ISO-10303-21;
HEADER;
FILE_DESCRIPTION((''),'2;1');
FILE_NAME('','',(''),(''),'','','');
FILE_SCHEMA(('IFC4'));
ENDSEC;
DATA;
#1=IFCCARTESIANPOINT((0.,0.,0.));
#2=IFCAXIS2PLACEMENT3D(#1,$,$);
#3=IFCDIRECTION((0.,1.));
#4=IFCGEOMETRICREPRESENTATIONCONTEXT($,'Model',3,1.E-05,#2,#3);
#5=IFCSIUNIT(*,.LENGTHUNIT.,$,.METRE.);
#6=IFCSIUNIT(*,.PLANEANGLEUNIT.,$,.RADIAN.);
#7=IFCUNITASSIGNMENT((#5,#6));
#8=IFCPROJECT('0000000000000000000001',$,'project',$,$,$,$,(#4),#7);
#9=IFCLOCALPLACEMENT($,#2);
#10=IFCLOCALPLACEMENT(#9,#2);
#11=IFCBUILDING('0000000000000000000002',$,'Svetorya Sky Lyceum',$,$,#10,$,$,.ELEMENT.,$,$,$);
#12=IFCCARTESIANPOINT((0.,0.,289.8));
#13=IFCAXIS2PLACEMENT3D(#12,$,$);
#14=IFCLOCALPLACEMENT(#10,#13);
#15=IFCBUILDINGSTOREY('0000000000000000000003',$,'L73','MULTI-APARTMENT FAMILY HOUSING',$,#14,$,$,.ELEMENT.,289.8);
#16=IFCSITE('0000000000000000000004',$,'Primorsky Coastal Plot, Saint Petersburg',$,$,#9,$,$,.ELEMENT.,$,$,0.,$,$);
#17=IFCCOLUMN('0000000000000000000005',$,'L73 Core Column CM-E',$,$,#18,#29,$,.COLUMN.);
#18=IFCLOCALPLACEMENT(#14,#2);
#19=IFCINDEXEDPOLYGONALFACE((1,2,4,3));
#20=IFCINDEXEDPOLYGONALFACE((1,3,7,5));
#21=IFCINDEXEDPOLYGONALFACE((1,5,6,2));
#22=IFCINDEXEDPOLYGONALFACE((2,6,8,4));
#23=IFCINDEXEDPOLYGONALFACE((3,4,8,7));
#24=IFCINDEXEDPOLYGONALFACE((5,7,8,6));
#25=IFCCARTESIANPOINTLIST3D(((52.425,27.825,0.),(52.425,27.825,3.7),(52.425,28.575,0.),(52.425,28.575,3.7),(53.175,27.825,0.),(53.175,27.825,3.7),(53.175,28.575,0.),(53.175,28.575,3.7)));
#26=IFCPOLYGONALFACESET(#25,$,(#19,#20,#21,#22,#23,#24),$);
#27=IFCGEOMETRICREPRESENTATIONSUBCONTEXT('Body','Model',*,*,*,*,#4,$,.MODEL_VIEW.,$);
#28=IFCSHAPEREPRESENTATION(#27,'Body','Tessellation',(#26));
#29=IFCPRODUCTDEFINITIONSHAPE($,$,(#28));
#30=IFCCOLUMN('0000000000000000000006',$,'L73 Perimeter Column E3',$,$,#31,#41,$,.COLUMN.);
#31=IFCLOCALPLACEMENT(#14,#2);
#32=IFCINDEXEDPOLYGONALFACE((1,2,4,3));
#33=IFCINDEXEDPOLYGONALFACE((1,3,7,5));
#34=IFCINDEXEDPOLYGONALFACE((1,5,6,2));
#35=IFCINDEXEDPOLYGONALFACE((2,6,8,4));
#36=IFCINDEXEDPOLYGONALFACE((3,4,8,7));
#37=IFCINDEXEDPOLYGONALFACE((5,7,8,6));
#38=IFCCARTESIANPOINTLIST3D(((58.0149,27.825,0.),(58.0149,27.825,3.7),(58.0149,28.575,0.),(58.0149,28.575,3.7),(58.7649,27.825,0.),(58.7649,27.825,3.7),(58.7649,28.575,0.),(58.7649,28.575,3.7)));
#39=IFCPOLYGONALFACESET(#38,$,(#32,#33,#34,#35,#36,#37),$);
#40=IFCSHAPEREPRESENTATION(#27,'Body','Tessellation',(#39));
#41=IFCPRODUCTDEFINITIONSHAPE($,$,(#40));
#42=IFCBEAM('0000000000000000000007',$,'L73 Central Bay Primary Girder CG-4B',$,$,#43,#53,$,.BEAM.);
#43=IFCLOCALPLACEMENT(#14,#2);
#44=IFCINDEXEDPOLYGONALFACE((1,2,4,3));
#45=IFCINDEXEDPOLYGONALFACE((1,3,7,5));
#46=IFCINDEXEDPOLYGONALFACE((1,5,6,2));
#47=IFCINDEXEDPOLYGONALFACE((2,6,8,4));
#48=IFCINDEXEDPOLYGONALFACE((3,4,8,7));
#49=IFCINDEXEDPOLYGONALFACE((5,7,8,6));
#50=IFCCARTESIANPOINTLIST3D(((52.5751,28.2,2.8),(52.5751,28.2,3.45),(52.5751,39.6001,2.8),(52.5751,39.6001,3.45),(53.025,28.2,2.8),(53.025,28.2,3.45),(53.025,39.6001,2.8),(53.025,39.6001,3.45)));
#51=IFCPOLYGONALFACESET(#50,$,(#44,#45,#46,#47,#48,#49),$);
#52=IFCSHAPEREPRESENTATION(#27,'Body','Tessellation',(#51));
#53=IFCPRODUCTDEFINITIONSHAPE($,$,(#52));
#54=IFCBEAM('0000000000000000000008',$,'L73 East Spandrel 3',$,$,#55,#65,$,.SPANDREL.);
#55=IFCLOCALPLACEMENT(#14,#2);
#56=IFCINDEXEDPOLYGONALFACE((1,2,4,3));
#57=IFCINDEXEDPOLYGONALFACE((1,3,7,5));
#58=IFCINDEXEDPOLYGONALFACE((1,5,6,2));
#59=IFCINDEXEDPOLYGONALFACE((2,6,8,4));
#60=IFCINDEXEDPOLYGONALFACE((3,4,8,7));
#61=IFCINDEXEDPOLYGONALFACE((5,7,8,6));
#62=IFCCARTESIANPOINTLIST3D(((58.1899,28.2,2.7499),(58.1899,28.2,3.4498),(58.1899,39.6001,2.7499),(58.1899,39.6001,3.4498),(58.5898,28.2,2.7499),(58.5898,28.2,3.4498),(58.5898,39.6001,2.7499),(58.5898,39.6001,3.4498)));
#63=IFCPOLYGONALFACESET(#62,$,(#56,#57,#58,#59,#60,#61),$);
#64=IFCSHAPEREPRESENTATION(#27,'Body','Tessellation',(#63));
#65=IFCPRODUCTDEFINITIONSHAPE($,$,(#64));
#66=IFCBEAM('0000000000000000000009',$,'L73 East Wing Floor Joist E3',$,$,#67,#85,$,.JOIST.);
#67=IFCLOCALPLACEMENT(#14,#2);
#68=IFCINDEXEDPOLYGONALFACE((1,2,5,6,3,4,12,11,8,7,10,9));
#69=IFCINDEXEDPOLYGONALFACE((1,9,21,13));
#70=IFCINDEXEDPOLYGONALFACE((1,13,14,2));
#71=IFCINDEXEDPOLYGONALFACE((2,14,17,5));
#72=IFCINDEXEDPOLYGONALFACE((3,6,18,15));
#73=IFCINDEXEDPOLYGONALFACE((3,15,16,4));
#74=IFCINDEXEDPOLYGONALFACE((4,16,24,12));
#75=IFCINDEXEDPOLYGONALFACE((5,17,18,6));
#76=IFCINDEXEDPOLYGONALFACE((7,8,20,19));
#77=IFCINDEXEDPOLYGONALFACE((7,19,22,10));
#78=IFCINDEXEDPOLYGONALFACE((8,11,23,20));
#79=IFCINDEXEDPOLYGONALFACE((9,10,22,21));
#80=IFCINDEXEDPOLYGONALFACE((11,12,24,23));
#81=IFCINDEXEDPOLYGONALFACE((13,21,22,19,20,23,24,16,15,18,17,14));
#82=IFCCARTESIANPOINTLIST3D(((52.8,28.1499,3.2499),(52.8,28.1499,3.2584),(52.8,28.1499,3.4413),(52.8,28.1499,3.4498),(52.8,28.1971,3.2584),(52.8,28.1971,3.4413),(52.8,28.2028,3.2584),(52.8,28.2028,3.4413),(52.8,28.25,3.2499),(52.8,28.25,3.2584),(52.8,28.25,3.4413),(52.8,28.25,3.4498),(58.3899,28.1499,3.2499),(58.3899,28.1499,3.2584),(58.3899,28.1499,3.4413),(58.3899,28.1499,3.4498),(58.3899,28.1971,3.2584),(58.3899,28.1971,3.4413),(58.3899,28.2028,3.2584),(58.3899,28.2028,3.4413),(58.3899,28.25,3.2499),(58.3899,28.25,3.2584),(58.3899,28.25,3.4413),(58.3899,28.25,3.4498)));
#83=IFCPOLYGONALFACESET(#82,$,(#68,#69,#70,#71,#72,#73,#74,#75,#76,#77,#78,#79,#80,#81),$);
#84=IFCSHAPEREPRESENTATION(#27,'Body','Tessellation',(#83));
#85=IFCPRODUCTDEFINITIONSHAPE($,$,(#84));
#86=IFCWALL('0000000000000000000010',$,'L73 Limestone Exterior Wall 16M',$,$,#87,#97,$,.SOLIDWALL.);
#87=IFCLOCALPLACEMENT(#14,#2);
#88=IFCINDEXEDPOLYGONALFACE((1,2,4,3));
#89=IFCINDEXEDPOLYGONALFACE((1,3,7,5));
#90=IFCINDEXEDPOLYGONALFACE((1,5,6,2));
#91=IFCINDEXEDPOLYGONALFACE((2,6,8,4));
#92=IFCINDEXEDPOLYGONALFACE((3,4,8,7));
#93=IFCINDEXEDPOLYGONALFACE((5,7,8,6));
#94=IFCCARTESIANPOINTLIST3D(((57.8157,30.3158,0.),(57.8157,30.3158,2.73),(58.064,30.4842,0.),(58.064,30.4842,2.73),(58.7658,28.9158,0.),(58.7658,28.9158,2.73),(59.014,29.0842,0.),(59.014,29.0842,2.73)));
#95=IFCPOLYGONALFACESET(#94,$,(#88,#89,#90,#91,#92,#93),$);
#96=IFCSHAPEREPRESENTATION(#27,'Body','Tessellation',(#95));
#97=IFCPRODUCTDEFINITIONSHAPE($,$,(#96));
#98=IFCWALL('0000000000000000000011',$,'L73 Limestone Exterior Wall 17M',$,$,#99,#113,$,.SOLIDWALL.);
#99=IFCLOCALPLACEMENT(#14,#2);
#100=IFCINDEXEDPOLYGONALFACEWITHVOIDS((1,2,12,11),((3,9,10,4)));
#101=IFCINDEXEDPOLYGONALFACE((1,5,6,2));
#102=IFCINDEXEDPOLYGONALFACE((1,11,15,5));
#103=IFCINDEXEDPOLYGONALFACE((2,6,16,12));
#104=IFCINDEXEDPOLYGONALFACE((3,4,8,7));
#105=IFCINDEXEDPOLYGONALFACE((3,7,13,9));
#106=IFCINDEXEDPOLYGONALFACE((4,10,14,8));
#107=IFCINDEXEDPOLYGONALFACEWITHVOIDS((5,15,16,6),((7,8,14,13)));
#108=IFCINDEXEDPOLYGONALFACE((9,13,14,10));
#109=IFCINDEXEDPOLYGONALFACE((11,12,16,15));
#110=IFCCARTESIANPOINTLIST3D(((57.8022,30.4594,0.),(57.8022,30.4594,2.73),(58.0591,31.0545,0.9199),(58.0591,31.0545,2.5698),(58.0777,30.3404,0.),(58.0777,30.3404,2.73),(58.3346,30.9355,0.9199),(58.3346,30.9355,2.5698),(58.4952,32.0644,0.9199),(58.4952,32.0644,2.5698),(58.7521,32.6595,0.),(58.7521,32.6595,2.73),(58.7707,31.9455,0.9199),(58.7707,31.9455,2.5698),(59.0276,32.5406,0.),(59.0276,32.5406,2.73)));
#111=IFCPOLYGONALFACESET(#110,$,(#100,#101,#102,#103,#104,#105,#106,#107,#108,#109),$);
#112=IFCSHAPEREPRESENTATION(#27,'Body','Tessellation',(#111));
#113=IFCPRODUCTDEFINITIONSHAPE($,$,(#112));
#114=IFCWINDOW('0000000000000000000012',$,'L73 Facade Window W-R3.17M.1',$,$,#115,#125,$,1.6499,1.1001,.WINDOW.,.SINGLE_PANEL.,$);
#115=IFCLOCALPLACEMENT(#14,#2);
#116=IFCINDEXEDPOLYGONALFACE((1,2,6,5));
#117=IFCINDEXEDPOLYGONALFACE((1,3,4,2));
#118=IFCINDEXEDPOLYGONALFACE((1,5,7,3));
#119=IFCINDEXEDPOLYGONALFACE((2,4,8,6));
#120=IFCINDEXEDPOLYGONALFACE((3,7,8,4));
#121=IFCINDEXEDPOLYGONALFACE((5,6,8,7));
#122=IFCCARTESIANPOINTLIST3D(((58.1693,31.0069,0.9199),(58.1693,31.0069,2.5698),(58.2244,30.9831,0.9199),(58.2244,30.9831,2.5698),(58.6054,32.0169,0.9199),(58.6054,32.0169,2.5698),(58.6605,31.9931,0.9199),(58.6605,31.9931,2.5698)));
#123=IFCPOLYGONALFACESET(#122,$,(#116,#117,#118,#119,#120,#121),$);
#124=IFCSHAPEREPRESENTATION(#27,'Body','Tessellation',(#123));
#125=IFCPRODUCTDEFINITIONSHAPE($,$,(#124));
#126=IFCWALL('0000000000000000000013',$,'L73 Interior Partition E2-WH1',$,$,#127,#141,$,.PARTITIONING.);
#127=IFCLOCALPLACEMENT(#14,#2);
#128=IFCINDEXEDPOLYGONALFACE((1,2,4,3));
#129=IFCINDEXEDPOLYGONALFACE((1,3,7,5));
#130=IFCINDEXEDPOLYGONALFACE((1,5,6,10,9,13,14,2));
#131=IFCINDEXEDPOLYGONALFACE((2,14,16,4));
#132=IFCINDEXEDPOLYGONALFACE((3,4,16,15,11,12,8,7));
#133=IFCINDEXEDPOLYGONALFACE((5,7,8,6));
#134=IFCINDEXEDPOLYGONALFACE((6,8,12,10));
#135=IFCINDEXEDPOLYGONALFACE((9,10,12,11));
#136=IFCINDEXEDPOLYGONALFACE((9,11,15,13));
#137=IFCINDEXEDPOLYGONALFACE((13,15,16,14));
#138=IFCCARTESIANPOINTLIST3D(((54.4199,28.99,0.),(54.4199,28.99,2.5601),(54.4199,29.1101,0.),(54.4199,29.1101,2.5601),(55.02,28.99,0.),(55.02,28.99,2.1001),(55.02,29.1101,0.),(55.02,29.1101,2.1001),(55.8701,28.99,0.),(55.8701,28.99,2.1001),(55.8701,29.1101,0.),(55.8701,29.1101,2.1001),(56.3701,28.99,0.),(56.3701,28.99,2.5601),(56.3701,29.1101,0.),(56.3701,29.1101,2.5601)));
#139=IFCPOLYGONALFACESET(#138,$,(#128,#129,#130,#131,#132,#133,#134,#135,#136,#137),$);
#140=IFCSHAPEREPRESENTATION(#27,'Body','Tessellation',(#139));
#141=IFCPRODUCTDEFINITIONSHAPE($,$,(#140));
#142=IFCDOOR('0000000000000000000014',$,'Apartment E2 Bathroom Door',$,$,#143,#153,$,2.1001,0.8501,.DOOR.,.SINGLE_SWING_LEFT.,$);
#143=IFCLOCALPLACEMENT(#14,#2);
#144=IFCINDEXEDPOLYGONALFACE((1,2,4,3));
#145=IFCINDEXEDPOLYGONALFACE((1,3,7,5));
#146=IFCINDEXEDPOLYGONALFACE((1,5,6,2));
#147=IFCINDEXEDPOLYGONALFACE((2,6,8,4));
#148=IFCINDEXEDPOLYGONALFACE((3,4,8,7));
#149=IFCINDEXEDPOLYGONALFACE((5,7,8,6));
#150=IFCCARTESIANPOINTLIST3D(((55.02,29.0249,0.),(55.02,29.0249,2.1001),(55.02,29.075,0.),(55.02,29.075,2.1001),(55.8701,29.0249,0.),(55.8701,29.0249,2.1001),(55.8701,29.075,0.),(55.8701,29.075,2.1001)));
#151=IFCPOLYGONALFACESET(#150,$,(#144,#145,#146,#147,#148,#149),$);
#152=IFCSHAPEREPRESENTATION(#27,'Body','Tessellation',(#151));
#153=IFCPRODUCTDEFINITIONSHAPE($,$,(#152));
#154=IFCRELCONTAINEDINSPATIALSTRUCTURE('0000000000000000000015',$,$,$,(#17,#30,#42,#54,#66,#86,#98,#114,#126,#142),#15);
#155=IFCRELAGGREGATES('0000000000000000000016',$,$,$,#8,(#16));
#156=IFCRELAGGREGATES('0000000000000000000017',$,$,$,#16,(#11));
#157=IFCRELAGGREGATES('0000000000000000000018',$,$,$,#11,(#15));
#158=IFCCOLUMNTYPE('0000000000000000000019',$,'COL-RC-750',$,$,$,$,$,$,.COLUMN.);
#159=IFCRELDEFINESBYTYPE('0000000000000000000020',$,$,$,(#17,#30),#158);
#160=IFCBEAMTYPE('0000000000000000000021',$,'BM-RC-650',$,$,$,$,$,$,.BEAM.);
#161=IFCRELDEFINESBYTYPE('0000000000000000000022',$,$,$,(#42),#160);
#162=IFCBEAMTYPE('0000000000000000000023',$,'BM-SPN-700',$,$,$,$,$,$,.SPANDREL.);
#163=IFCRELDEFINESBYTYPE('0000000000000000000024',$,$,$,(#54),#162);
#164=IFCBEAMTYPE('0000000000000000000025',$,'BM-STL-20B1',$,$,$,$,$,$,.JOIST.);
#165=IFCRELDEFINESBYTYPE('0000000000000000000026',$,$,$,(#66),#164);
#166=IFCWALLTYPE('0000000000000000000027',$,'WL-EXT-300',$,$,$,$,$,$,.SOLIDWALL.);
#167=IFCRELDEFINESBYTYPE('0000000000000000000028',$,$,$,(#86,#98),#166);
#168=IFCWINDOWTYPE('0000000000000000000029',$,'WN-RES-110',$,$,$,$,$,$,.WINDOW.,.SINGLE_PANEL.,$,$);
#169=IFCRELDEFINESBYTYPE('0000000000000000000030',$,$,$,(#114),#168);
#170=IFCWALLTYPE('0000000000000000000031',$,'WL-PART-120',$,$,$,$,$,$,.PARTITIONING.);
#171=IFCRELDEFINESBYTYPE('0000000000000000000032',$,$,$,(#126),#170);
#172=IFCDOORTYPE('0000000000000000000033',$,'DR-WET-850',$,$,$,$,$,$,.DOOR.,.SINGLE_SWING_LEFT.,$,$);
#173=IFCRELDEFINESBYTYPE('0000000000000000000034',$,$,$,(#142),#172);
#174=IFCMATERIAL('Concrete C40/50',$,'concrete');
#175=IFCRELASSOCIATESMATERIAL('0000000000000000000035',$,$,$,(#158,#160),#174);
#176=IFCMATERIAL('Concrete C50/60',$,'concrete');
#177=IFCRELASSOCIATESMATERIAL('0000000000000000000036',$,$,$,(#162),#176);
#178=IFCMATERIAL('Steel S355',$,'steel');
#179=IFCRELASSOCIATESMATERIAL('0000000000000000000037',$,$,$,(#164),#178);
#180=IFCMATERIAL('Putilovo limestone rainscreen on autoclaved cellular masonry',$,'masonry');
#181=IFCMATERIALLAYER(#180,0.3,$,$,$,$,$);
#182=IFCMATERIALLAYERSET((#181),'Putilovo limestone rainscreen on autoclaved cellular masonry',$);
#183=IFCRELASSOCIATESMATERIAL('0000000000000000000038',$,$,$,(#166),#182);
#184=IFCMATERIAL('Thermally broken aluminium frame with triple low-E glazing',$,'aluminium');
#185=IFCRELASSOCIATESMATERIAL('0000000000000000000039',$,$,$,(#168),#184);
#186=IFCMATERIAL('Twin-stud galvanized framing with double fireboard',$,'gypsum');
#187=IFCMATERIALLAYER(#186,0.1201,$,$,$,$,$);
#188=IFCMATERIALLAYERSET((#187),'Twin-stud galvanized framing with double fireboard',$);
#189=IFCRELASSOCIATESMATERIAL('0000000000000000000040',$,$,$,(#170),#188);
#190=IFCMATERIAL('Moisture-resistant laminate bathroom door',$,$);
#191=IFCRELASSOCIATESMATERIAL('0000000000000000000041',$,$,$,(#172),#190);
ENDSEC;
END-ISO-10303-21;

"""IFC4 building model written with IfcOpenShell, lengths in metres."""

from ifc_helpers import new_model, si_unit, direction, frame, frame_2d, origin, origin_2d, place, context, subcontext, project, spatial, rectangle, i_section, extrude, material, layer, layer_set, material_profile, profile_set, type_object, element, fill, save


model = new_model("IFC4")

# Units and contexts
model_context = context("Model", 3, precision=1e-05, world=origin(), true_north=direction((0.0, 1.0)))
body_context = subcontext(model_context, "Body", "Model", "MODEL_VIEW")
ifc_project = project(units=[si_unit("LENGTHUNIT", "METRE"), si_unit("PLANEANGLEUNIT", "RADIAN")], contexts=[model_context])

# Site, building, storey
site_placement = place(None, origin())
site = spatial("IfcSite", under=ifc_project, at=site_placement, Name="Primorsky Coastal Plot, Saint Petersburg", CompositionType="ELEMENT", RefElevation=0.0)
building_placement = place(site_placement, origin())
building = spatial("IfcBuilding", under=site, at=building_placement, Name="Svetorya Sky Lyceum", CompositionType="ELEMENT")
storey_placement = place(building_placement, frame((0.0, 0.0, 289.8)))
storey = spatial("IfcBuildingStorey", under=building, at=storey_placement, Name="L73", Description="MULTI-APARTMENT FAMILY HOUSING", CompositionType="ELEMENT", Elevation=289.8)

# Columns
ifc_material_1 = material(Name="Concrete C40/50", Category="concrete")
ifc_material_profile_1 = material_profile(ifc_material_1, rectangle(XDim=0.75, YDim=0.75, at=origin_2d()), Name="RC COL 750x750")
ifc_profile_set_1 = profile_set([ifc_material_profile_1], Name="Concrete C40/50")
column_type = type_object("IfcColumnType", Name="COL-RC-750", PredefinedType="COLUMN", material=ifc_profile_set_1)
for number, where, z_axis, x_axis, name in (
    (1, (52.8, 28.2, 0.0), (0.0, 0.0, 1.0), (1.0, 0.0, 0.0), "L73 Core Column CM-E"),
    (2, (58.3899, 28.2, 0.0), (0.0, 0.0, 1.0), (1.0, 0.0, 0.0), "L73 Perimeter Column E3"),
):
    element("IfcColumn", number, at=place(storey_placement, frame(where, z_axis=z_axis, x_axis=x_axis)), inside=storey, type_object=column_type, Name=name, PredefinedType="COLUMN", context=body_context, shape_type="SweptSolid", body=[
        extrude(rectangle(XDim=0.75, YDim=0.75, at=origin_2d()), origin(), (0.0, 0.0, 1.0), 3.7),
    ])

# Beams
ifc_material_profile_2 = material_profile(ifc_material_1, rectangle(XDim=0.45, YDim=0.6499, at=origin_2d()), Name="RC BEAM 450x650")
ifc_profile_set_2 = profile_set([ifc_material_profile_2], Name="Concrete C40/50")
beam_type_1 = type_object("IfcBeamType", Name="BM-RC-650", PredefinedType="BEAM", material=ifc_profile_set_2)
beam_1_placement = place(storey_placement, frame((52.8, 28.2, 3.125), z_axis=(0.0, 1.0, 0.0), x_axis=(-1.0, 0.0, 0.0)))
element("IfcBeam", 3, at=beam_1_placement, inside=storey, type_object=beam_type_1, Name="L73 Central Bay Primary Girder CG-4B", PredefinedType="BEAM", context=body_context, shape_type="SweptSolid", body=[
    extrude(rectangle(XDim=0.45, YDim=0.6499, at=origin_2d()), origin(), (0.0, 0.0, 1.0), 11.4001),
])
ifc_material_2 = material(Name="Concrete C50/60", Category="concrete")
ifc_material_profile_3 = material_profile(ifc_material_2, rectangle(XDim=0.3999, YDim=0.7, at=origin_2d()), Name="RC SPANDREL 400x700")
ifc_profile_set_3 = profile_set([ifc_material_profile_3], Name="Concrete C50/60")
beam_type_2 = type_object("IfcBeamType", Name="BM-SPN-700", PredefinedType="SPANDREL", material=ifc_profile_set_3)
beam_2_placement = place(storey_placement, frame((58.3899, 28.2, 3.0999), z_axis=(0.0, 1.0, 0.0), x_axis=(-1.0, 0.0, 0.0)))
element("IfcBeam", 4, at=beam_2_placement, inside=storey, type_object=beam_type_2, Name="L73 East Spandrel 3", PredefinedType="SPANDREL", context=body_context, shape_type="SweptSolid", body=[
    extrude(rectangle(XDim=0.3999, YDim=0.7, at=origin_2d()), origin(), (0.0, 0.0, 1.0), 11.4001),
])
ifc_material_3 = material(Name="Steel S355", Category="steel")
ifc_material_profile_4 = material_profile(ifc_material_3, i_section(OverallWidth=0.1001, OverallDepth=0.2, WebThickness=0.0056, FlangeThickness=0.0085, at=origin_2d()), Name="GOST 20B1")
ifc_profile_set_4 = profile_set([ifc_material_profile_4], Name="Steel S355")
beam_type_3 = type_object("IfcBeamType", Name="BM-STL-20B1", PredefinedType="JOIST", material=ifc_profile_set_4)
beam_3_placement = place(storey_placement, frame((52.8, 28.2, 3.3499), z_axis=(1.0, 0.0, 0.0), x_axis=(0.0, 1.0, 0.0)))
element("IfcBeam", 5, at=beam_3_placement, inside=storey, type_object=beam_type_3, Name="L73 East Wing Floor Joist E3", PredefinedType="JOIST", context=body_context, shape_type="SweptSolid", body=[
    extrude(i_section(OverallWidth=0.1001, OverallDepth=0.2, WebThickness=0.0056, FlangeThickness=0.0085, at=origin_2d()), origin(), (0.0, 0.0, 1.0), 5.5898),
])

# Wall
ifc_material_4 = material(Name="Putilovo limestone rainscreen on autoclaved cellular masonry", Category="masonry")
ifc_layer_1 = layer(ifc_material_4, 0.3)
ifc_layer_set_1 = layer_set([ifc_layer_1], Name="Putilovo limestone rainscreen on autoclaved cellular masonry")
wall_type_1 = type_object("IfcWallType", Name="WL-EXT-300", PredefinedType="SOLIDWALL", material=ifc_layer_set_1)
wall_1_placement = place(storey_placement, frame((58.8899, 29.0, 0.0), z_axis=(0.0, 0.0, 1.0), x_axis=(-0.561508, 0.827471, 0.0)))
element("IfcWall", 6, at=wall_1_placement, inside=storey, type_object=wall_type_1, Name="L73 Limestone Exterior Wall 16M", PredefinedType="SOLIDWALL", context=body_context, shape_type="SweptSolid", body=[
    extrude(rectangle(XDim=1.6919, YDim=0.3, at=frame_2d((0.8459, 0.0))), origin(), (0.0, 0.0, 1.0), 2.73),
])

# Wall, opening, window
wall_2_placement = place(storey_placement, frame((57.9399, 30.3999, 0.0), z_axis=(0.0, 0.0, 1.0), x_axis=(0.396389, 0.918083, 0.0)))
wall_2 = element("IfcWall", 7, at=wall_2_placement, inside=storey, type_object=wall_type_1, Name="L73 Limestone Exterior Wall 17M", PredefinedType="SOLIDWALL", context=body_context, shape_type="SweptSolid", body=[
    extrude(rectangle(XDim=2.3965, YDim=0.3, at=frame_2d((1.1982, 0.0))), origin(), (0.0, 0.0, 1.0), 2.73),
])
opening_1_placement = place(wall_2_placement, frame((0.6482, 0.0, 0.9199)))
opening_1 = element("IfcOpeningElement", 8, at=opening_1_placement, cuts=wall_2, PredefinedType="OPENING", context=body_context, shape_type="SweptSolid", body=[
    extrude(rectangle(XDim=1.1001, YDim=1.6499, at=frame_2d((0.55, 0.825))), frame((0.0, 0.1599, 0.0), z_axis=(0.0, -1.0, 0.0), x_axis=(1.0, 0.0, 0.0)), (0.0, 0.0, 1.0), 0.3201),
])
ifc_material_5 = material(Name="Thermally broken aluminium frame with triple low-E glazing", Category="aluminium")
window_type = type_object("IfcWindowType", Name="WN-RES-110", PartitioningType="SINGLE_PANEL", PredefinedType="WINDOW", material=ifc_material_5)
window_placement = place(opening_1_placement, origin())
window = element("IfcWindow", 9, at=window_placement, inside=storey, type_object=window_type, Name="L73 Facade Window W-R3.17M.1", OverallHeight=1.6499, OverallWidth=1.1001, PartitioningType="SINGLE_PANEL", PredefinedType="WINDOW", context=body_context, shape_type="SweptSolid", body=[
    extrude(rectangle(XDim=1.1001, YDim=1.6499, at=frame_2d((0.55, 0.825))), frame((0.0, 0.03, 0.0), z_axis=(0.0, -1.0, 0.0), x_axis=(1.0, 0.0, 0.0)), (0.0, 0.0, 1.0), 0.0601),
])
fill(opening_1, window)

# Wall, opening, door
ifc_material_6 = material(Name="Twin-stud galvanized framing with double fireboard", Category="gypsum")
ifc_layer_2 = layer(ifc_material_6, 0.1201)
ifc_layer_set_2 = layer_set([ifc_layer_2], Name="Twin-stud galvanized framing with double fireboard")
wall_type_2 = type_object("IfcWallType", Name="WL-PART-120", PredefinedType="PARTITIONING", material=ifc_layer_set_2)
wall_3_placement = place(storey_placement, frame((54.4199, 29.05, 0.0), z_axis=(0.0, 0.0, 1.0), x_axis=(1.0, 0.0, 0.0)))
wall_3 = element("IfcWall", 10, at=wall_3_placement, inside=storey, type_object=wall_type_2, Name="L73 Interior Partition E2-WH1", PredefinedType="PARTITIONING", context=body_context, shape_type="SweptSolid", body=[
    extrude(rectangle(XDim=1.9502, YDim=0.1201, at=frame_2d((0.9751, 0.0))), origin(), (0.0, 0.0, 1.0), 2.5601),
])
opening_2_placement = place(wall_3_placement, frame((0.6001, 0.0, 0.0)))
opening_2 = element("IfcOpeningElement", 11, at=opening_2_placement, cuts=wall_3, PredefinedType="OPENING", context=body_context, shape_type="SweptSolid", body=[
    extrude(rectangle(XDim=0.8501, YDim=2.1001, at=frame_2d((0.425, 1.05))), frame((0.0, 0.0701, 0.0), z_axis=(0.0, -1.0, 0.0), x_axis=(1.0, 0.0, 0.0)), (0.0, 0.0, 1.0), 0.1401),
])
ifc_material_7 = material(Name="Moisture-resistant laminate bathroom door")
door_type = type_object("IfcDoorType", Name="DR-WET-850", OperationType="SINGLE_SWING_LEFT", PredefinedType="DOOR", material=ifc_material_7)
door_placement = place(opening_2_placement, origin())
door = element("IfcDoor", 12, at=door_placement, inside=storey, type_object=door_type, Name="Apartment E2 Bathroom Door", OperationType="SINGLE_SWING_LEFT", OverallHeight=2.1001, OverallWidth=0.8501, PredefinedType="DOOR", context=body_context, shape_type="SweptSolid", body=[
    extrude(rectangle(XDim=0.8501, YDim=2.1001, at=frame_2d((0.425, 1.05))), frame((0.0, 0.0249, 0.0), z_axis=(0.0, -1.0, 0.0), x_axis=(1.0, 0.0, 0.0)), (0.0, 0.0, 1.0), 0.05),
])
fill(opening_2, door)

save(model, "model.ifc")
